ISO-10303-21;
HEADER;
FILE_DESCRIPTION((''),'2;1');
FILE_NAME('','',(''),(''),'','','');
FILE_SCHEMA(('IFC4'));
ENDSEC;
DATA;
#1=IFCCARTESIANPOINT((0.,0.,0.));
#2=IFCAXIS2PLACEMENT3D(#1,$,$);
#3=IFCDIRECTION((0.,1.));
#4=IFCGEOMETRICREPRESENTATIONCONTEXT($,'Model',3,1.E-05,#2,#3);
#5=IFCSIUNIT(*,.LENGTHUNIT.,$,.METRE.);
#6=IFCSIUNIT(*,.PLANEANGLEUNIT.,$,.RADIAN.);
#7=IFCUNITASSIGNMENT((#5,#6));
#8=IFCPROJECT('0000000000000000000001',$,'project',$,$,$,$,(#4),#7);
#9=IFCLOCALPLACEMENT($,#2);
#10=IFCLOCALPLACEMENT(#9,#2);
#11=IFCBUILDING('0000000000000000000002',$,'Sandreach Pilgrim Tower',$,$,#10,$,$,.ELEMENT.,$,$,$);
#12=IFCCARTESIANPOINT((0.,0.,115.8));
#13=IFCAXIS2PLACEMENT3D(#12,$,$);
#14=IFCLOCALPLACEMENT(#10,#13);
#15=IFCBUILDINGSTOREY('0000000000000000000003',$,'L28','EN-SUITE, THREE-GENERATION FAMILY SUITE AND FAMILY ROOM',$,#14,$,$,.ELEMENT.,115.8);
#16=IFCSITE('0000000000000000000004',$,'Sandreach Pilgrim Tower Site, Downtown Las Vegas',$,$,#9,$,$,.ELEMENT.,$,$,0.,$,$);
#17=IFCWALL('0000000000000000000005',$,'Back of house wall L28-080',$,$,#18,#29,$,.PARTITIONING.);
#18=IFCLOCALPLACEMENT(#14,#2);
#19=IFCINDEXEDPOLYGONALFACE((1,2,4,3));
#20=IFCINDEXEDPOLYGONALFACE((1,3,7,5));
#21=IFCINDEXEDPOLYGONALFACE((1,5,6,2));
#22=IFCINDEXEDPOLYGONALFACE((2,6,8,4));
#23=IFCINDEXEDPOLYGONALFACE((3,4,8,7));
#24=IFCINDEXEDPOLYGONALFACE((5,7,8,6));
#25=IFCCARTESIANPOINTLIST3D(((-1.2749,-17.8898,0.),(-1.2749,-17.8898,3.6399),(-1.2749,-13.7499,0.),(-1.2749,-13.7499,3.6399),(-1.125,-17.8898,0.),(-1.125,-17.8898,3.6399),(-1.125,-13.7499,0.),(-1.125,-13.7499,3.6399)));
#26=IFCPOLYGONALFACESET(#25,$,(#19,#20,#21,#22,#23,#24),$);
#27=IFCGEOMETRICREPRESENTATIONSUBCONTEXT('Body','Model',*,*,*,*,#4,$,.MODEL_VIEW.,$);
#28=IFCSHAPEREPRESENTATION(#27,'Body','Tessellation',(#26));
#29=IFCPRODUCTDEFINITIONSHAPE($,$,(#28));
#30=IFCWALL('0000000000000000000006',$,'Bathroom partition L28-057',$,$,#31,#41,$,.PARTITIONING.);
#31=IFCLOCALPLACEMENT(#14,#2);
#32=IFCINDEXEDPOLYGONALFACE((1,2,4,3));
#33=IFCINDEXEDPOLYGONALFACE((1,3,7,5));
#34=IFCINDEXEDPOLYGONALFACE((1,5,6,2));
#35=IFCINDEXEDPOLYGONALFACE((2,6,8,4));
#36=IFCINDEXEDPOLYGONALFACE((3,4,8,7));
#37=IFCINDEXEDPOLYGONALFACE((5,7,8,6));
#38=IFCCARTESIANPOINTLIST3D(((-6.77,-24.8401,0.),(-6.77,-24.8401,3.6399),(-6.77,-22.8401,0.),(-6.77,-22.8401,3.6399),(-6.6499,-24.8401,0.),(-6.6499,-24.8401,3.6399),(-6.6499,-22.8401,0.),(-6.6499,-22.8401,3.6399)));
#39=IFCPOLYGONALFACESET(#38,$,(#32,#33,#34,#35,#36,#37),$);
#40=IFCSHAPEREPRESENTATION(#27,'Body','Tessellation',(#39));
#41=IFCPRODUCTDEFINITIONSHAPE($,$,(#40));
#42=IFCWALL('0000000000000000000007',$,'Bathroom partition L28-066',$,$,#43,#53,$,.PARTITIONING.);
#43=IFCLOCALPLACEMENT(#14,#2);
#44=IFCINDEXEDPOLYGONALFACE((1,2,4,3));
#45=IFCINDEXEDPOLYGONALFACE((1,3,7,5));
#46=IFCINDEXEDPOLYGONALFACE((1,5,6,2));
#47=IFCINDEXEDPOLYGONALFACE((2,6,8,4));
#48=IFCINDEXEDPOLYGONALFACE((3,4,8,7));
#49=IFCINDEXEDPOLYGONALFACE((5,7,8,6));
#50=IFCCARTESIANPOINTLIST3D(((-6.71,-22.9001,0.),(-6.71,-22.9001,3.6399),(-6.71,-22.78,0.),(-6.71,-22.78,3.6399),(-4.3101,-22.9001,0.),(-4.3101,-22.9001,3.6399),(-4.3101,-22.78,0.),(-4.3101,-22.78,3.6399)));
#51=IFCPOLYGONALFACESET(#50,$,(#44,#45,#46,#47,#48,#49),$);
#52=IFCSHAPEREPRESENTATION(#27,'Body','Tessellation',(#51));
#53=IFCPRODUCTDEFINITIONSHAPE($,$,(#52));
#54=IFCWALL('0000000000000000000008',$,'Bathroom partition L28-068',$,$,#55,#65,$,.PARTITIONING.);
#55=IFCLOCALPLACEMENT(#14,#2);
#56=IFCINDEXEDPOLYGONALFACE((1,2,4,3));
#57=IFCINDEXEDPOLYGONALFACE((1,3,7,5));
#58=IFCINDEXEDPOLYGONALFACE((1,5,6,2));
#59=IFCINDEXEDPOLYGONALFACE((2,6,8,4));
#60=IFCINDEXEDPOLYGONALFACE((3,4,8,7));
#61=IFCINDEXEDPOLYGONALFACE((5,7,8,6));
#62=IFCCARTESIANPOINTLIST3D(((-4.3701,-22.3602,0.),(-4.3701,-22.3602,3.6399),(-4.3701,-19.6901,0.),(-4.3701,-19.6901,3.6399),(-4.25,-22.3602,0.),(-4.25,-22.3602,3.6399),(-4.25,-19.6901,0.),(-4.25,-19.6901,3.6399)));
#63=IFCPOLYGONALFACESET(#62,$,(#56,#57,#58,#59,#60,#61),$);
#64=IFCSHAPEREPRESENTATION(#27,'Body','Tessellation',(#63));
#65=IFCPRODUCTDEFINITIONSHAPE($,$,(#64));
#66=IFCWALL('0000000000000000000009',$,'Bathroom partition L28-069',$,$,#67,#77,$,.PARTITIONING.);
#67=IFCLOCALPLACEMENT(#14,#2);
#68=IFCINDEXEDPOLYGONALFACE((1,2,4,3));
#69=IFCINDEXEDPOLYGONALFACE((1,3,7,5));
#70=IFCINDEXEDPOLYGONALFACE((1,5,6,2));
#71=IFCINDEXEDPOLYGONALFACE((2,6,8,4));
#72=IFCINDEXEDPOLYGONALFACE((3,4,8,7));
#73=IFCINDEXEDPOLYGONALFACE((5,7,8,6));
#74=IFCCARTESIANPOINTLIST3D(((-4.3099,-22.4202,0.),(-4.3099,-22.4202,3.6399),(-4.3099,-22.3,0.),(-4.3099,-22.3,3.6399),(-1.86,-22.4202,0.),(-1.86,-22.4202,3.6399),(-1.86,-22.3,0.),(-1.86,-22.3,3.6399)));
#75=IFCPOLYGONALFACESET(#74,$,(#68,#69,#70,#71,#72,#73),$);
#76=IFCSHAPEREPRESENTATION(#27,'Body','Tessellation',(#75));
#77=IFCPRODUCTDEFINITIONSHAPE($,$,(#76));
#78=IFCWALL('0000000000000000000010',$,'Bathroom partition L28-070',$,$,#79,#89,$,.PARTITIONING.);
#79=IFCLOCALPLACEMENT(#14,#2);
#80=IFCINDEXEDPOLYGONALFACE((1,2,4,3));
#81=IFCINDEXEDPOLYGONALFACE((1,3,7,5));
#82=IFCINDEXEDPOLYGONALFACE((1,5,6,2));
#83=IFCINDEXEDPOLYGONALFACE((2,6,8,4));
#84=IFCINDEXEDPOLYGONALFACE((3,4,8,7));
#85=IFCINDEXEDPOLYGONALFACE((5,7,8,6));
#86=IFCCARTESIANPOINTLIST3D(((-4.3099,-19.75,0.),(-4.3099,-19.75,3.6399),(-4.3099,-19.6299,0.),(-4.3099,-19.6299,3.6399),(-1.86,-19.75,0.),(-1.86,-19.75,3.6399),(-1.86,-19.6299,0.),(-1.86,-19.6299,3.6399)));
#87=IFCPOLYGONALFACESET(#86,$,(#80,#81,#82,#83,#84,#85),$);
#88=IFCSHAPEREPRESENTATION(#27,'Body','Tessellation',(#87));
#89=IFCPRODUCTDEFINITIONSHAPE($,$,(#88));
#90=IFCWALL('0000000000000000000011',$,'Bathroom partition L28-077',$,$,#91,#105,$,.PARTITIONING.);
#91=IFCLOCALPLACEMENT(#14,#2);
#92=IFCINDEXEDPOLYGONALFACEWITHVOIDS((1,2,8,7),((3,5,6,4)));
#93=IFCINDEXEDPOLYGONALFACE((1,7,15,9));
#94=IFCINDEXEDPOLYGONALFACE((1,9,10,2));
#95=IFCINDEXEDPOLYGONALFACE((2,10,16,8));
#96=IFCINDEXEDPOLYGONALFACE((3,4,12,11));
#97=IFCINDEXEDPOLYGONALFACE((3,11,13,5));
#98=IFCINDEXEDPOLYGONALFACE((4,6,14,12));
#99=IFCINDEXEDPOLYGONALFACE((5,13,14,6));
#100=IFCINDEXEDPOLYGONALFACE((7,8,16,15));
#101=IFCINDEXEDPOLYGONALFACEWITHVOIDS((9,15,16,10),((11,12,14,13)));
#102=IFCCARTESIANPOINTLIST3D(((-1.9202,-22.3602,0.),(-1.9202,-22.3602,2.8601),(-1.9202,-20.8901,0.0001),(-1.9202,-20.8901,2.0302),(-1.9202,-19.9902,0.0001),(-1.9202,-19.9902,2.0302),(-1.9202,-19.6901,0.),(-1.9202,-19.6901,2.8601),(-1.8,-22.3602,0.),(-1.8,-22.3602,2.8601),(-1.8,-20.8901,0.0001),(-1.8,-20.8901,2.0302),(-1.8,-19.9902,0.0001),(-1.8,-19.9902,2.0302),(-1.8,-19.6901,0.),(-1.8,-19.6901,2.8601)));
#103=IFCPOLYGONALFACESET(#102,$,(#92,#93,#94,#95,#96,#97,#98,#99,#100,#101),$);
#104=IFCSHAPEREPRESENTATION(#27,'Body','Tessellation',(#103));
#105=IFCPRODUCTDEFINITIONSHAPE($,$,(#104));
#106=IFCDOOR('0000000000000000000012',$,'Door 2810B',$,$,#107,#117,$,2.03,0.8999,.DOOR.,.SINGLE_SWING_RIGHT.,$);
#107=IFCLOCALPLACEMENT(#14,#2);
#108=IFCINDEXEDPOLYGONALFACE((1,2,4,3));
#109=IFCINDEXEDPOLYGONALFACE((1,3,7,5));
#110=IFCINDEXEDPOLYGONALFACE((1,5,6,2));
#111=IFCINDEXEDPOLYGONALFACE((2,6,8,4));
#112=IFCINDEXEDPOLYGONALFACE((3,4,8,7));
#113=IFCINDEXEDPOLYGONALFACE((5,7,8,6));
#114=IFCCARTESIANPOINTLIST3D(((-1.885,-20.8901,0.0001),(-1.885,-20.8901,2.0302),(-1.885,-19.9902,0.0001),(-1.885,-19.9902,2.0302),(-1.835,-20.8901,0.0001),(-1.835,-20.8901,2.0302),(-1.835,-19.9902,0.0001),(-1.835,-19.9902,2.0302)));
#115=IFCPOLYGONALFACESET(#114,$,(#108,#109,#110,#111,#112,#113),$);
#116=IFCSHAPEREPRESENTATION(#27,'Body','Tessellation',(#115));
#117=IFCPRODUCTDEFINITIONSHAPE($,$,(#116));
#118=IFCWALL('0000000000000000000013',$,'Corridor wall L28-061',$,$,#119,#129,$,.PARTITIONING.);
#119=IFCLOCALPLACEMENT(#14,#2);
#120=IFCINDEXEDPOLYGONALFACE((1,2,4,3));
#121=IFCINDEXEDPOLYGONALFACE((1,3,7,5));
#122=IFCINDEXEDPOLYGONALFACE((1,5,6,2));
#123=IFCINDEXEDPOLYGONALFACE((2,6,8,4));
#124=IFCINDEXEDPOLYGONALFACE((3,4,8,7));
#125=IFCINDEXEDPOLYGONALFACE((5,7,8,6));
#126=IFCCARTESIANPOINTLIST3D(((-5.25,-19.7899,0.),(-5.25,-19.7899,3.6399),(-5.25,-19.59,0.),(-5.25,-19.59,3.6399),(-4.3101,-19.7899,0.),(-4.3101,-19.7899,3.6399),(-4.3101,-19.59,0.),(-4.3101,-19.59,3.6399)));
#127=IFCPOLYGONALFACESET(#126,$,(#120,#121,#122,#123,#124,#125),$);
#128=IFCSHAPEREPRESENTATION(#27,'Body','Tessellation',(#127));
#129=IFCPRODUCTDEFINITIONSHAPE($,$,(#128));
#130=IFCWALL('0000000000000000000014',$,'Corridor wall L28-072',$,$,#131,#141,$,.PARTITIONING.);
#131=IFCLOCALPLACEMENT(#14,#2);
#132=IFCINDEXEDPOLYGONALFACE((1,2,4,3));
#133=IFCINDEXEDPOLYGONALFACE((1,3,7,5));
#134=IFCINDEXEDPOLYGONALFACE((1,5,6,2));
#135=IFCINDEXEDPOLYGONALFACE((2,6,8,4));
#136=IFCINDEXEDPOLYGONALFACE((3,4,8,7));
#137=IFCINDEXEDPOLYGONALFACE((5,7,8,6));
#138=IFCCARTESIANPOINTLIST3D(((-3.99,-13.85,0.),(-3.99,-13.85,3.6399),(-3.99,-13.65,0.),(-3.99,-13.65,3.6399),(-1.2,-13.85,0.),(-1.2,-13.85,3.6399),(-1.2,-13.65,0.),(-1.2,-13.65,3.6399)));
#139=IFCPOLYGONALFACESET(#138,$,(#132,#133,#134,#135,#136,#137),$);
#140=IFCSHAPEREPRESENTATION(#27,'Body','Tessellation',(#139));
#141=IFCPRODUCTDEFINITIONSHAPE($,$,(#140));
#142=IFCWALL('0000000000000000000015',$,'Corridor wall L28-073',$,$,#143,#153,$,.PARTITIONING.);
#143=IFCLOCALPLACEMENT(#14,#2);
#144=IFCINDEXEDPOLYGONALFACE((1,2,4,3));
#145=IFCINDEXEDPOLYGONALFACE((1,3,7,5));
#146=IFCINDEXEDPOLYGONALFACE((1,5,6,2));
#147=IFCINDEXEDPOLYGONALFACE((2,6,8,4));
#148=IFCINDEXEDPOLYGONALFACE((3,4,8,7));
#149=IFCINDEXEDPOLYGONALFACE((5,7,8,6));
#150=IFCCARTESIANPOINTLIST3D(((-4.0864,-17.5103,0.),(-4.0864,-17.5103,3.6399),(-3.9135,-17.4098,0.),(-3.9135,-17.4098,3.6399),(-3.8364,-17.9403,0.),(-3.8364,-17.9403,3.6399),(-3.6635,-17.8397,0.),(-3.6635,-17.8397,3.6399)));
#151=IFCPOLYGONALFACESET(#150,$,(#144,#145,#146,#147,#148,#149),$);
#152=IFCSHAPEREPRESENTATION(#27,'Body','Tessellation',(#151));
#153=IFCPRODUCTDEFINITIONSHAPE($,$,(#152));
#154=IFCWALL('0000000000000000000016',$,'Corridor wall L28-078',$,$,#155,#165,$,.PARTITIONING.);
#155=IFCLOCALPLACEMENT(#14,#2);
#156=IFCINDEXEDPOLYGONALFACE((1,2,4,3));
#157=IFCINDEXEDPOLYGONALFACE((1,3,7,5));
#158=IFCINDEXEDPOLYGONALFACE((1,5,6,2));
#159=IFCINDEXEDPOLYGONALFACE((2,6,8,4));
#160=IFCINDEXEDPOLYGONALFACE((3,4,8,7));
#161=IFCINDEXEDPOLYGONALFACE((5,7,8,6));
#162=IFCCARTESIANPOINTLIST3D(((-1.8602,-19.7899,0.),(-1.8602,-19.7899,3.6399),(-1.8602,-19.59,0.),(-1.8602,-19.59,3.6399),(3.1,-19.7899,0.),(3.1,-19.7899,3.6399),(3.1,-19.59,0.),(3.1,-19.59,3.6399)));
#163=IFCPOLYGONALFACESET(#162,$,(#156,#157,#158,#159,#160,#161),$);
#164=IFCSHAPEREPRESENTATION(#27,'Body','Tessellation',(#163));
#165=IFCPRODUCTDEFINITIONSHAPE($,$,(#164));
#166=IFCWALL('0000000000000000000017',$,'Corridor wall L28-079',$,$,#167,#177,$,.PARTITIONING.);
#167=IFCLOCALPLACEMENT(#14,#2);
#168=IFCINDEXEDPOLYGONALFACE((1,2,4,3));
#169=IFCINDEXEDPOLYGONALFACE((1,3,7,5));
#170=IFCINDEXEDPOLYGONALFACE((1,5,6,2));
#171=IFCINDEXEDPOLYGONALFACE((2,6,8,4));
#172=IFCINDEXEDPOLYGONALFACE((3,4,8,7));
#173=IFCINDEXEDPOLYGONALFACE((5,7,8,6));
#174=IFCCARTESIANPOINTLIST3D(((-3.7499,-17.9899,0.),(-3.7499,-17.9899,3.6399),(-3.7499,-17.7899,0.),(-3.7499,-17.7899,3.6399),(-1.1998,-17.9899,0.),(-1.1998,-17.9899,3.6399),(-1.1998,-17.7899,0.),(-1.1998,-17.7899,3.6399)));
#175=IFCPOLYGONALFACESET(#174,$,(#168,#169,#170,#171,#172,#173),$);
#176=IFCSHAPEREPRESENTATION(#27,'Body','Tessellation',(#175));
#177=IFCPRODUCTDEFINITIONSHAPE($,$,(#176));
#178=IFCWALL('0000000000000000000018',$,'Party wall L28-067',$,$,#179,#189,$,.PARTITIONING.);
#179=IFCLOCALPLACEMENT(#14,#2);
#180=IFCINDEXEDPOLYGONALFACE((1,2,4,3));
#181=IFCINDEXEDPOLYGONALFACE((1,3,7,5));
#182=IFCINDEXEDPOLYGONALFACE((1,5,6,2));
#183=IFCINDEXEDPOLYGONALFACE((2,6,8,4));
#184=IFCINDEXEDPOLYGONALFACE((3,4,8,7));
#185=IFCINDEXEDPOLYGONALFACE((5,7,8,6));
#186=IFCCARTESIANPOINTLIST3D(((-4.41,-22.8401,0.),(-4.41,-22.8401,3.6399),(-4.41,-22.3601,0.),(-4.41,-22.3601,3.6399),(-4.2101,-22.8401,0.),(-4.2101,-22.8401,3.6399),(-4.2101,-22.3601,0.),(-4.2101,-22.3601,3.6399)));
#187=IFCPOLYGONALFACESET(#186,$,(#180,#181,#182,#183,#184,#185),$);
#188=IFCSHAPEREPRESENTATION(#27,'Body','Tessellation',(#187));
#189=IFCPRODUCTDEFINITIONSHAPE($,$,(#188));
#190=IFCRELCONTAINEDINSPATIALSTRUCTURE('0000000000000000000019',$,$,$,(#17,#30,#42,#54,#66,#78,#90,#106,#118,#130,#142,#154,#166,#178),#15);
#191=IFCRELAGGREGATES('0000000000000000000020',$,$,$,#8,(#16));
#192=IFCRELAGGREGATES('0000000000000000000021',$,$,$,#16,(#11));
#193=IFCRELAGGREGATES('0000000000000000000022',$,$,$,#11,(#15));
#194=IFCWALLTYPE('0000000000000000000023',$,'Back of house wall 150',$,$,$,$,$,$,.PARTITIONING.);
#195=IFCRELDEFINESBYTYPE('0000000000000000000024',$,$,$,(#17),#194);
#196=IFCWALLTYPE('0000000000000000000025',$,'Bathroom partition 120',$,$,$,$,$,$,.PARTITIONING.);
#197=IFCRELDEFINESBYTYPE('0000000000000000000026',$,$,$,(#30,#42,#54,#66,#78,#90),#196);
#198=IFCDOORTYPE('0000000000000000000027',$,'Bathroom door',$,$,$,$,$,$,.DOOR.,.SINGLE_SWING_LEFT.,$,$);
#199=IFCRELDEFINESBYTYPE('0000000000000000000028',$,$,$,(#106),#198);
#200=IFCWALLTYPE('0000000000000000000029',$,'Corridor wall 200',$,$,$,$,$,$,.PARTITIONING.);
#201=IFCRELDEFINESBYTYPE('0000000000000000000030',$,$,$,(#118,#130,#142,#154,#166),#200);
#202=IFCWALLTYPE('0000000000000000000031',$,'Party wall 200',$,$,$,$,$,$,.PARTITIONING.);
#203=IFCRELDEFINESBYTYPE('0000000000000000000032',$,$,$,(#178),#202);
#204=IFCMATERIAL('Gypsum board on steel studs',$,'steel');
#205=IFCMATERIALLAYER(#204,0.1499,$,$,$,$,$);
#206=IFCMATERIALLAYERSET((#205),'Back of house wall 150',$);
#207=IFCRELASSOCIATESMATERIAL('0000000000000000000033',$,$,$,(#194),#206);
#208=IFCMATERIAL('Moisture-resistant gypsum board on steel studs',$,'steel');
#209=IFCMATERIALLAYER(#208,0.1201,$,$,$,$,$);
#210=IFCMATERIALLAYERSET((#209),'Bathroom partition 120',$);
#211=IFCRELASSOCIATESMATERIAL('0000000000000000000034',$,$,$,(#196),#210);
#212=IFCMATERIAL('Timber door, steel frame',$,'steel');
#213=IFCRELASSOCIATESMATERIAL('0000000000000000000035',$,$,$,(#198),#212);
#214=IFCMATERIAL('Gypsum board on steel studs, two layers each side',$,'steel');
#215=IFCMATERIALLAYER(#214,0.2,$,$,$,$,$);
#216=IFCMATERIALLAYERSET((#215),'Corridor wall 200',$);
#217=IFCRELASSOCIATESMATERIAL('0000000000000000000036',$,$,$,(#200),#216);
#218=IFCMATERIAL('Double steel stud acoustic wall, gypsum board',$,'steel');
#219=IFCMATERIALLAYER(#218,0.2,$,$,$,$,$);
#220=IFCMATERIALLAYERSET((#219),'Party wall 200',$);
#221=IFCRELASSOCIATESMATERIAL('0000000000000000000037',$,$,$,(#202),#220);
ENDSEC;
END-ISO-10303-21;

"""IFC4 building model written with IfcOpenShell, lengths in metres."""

from ifc_helpers import new_model, si_unit, direction, frame, frame_2d, origin, place, context, subcontext, project, spatial, rectangle, extrude, material, layer, layer_set, type_object, element, fill, save


model = new_model("IFC4")

# Units and contexts
model_context = context("Model", 3, precision=1e-05, world=origin(), true_north=direction((0.0, 1.0)))
body_context = subcontext(model_context, "Body", "Model", "MODEL_VIEW")
ifc_project = project(units=[si_unit("LENGTHUNIT", "METRE"), si_unit("PLANEANGLEUNIT", "RADIAN")], contexts=[model_context])

# Site, building, storey
site_placement = place(None, origin())
site = spatial("IfcSite", under=ifc_project, at=site_placement, Name="Sandreach Pilgrim Tower Site, Downtown Las Vegas", CompositionType="ELEMENT", RefElevation=0.0)
building_placement = place(site_placement, origin())
building = spatial("IfcBuilding", under=site, at=building_placement, Name="Sandreach Pilgrim Tower", CompositionType="ELEMENT")
storey_placement = place(building_placement, frame((0.0, 0.0, 115.8)))
storey = spatial("IfcBuildingStorey", under=building, at=storey_placement, Name="L28", Description="EN-SUITE, THREE-GENERATION FAMILY SUITE AND FAMILY ROOM", CompositionType="ELEMENT", Elevation=115.8)

# Walls
ifc_material_1 = material(Name="Gypsum board on steel studs", Category="steel")
ifc_layer_1 = layer(ifc_material_1, 0.1499)
ifc_layer_set_1 = layer_set([ifc_layer_1], Name="Back of house wall 150")
wall_type_1 = type_object("IfcWallType", Name="Back of house wall 150", PredefinedType="PARTITIONING", material=ifc_layer_set_1)
wall_1_placement = place(storey_placement, frame((-1.2, -13.75, 0.0), z_axis=(0.0, 0.0, 1.0), x_axis=(0.0, -1.0, 0.0)))
element("IfcWall", 1, at=wall_1_placement, inside=storey, type_object=wall_type_1, Name="Back of house wall L28-080", PredefinedType="PARTITIONING", context=body_context, shape_type="SweptSolid", body=[
    extrude(rectangle(XDim=4.1399, YDim=0.1499, at=frame_2d((2.0698, 0.0))), origin(), (0.0, 0.0, 1.0), 3.6399),
])
ifc_material_2 = material(Name="Moisture-resistant gypsum board on steel studs", Category="steel")
ifc_layer_2 = layer(ifc_material_2, 0.1201)
ifc_layer_set_2 = layer_set([ifc_layer_2], Name="Bathroom partition 120")
wall_type_2 = type_object("IfcWallType", Name="Bathroom partition 120", PredefinedType="PARTITIONING", material=ifc_layer_set_2)
wall_2_placement = place(storey_placement, frame((-6.71, -22.8401, 0.0), z_axis=(0.0, 0.0, 1.0), x_axis=(0.0, -1.0, 0.0)))
element("IfcWall", 2, at=wall_2_placement, inside=storey, type_object=wall_type_2, Name="Bathroom partition L28-057", PredefinedType="PARTITIONING", context=body_context, shape_type="SweptSolid", body=[
    extrude(rectangle(XDim=2.0, YDim=0.1201, at=frame_2d((1.0, 0.0))), origin(), (0.0, 0.0, 1.0), 3.6399),
])
wall_3_placement = place(storey_placement, frame((-4.3101, -22.8401, 0.0), z_axis=(0.0, 0.0, 1.0), x_axis=(-1.0, 0.0, 0.0)))
element("IfcWall", 3, at=wall_3_placement, inside=storey, type_object=wall_type_2, Name="Bathroom partition L28-066", PredefinedType="PARTITIONING", context=body_context, shape_type="SweptSolid", body=[
    extrude(rectangle(XDim=2.3999, YDim=0.1201, at=frame_2d((1.2, 0.0))), origin(), (0.0, 0.0, 1.0), 3.6399),
])
wall_4_placement = place(storey_placement, frame((-4.3101, -22.3601, 0.0), z_axis=(0.0, 0.0, 1.0), x_axis=(0.0, 1.0, 0.0)))
element("IfcWall", 4, at=wall_4_placement, inside=storey, type_object=wall_type_2, Name="Bathroom partition L28-068", PredefinedType="PARTITIONING", context=body_context, shape_type="SweptSolid", body=[
    extrude(rectangle(XDim=2.6702, YDim=0.1201, at=frame_2d((1.335, 0.0))), origin(), (0.0, 0.0, 1.0), 3.6399),
])
for number, where, z_axis, x_axis, name in (
    (5, (-4.3101, -22.3601, 0.0), (0.0, 0.0, 1.0), (1.0, 0.0, 0.0), "Bathroom partition L28-069"),
    (6, (-4.3101, -19.6899, 0.0), (0.0, 0.0, 1.0), (1.0, 0.0, 0.0), "Bathroom partition L28-070"),
):
    element("IfcWall", number, at=place(storey_placement, frame(where, z_axis=z_axis, x_axis=x_axis)), inside=storey, type_object=wall_type_2, Name=name, PredefinedType="PARTITIONING", context=body_context, shape_type="SweptSolid", body=[
        extrude(rectangle(XDim=2.45, YDim=0.1201, at=frame_2d((1.2251, 0.0))), origin(), (0.0, 0.0, 1.0), 3.6399),
    ])

# Wall, opening, door
wall_5_placement = place(storey_placement, frame((-1.8601, -22.3601, 0.0), z_axis=(0.0, 0.0, 1.0), x_axis=(0.0, 1.0, 0.0)))
wall_5 = element("IfcWall", 7, at=wall_5_placement, inside=storey, type_object=wall_type_2, Name="Bathroom partition L28-077", PredefinedType="PARTITIONING", context=body_context, shape_type="SweptSolid", body=[
    extrude(rectangle(XDim=2.6702, YDim=0.1201, at=frame_2d((1.335, 0.0))), origin(), (0.0, 0.0, 1.0), 2.8601),
])
opening_1_placement = place(wall_5_placement, frame((1.47, 0.0, 0.0)))
opening_1 = element("IfcOpeningElement", 8, at=opening_1_placement, cuts=wall_5, PredefinedType="OPENING", context=body_context, shape_type="SweptSolid", body=[
    extrude(rectangle(XDim=0.8999, YDim=2.03, at=frame_2d((0.45, 1.0151))), frame((0.0, 0.0601, 0.0), z_axis=(0.0, -1.0, 0.0), x_axis=(1.0, 0.0, 0.0)), (0.0, 0.0, 1.0), 0.1201),
])
ifc_material_3 = material(Name="Timber door, steel frame", Category="steel")
door_type_1 = type_object("IfcDoorType", Name="Bathroom door", OperationType="SINGLE_SWING_LEFT", PredefinedType="DOOR", material=ifc_material_3)
door_1_placement = place(opening_1_placement, origin())
door_1 = element("IfcDoor", 9, at=door_1_placement, inside=storey, type_object=door_type_1, Name="Door 2810B", OperationType="SINGLE_SWING_RIGHT", OverallHeight=2.03, OverallWidth=0.8999, PredefinedType="DOOR", context=body_context, shape_type="SweptSolid", body=[
    extrude(rectangle(XDim=0.8999, YDim=2.03, at=frame_2d((0.45, 1.0151))), frame((0.0, 0.0249, 0.0), z_axis=(0.0, -1.0, 0.0), x_axis=(1.0, 0.0, 0.0)), (0.0, 0.0, 1.0), 0.05),
])
fill(opening_1, door_1)
ifc_material_4 = material(Name="Gypsum board on steel studs, two layers each side", Category="steel")
ifc_layer_3 = layer(ifc_material_4, 0.2)
ifc_layer_set_3 = layer_set([ifc_layer_3], Name="Corridor wall 200")
wall_type_3 = type_object("IfcWallType", Name="Corridor wall 200", PredefinedType="PARTITIONING", material=ifc_layer_set_3)

# Wall
wall_6_placement = place(storey_placement, frame((-5.25, -19.6899, 0.0), z_axis=(0.0, 0.0, 1.0), x_axis=(1.0, 0.0, 0.0)))
element("IfcWall", 10, at=wall_6_placement, inside=storey, type_object=wall_type_3, Name="Corridor wall L28-061", PredefinedType="PARTITIONING", context=body_context, shape_type="SweptSolid", body=[
    extrude(rectangle(XDim=0.9399, YDim=0.2, at=frame_2d((0.47, 0.0))), origin(), (0.0, 0.0, 1.0), 3.6399),
])

# Walls
wall_7_placement = place(storey_placement, frame((-3.99, -13.75, 0.0), z_axis=(0.0, 0.0, 1.0), x_axis=(1.0, 0.0, 0.0)))
element("IfcWall", 11, at=wall_7_placement, inside=storey, type_object=wall_type_3, Name="Corridor wall L28-072", PredefinedType="PARTITIONING", context=body_context, shape_type="SweptSolid", body=[
    extrude(rectangle(XDim=2.79, YDim=0.2, at=frame_2d((1.395, 0.0))), origin(), (0.0, 0.0, 1.0), 3.6399),
])
wall_8_placement = place(storey_placement, frame((-3.75, -17.8899, 0.0), z_axis=(0.0, 0.0, 1.0), x_axis=(-0.50268, 0.864472, 0.0)))
element("IfcWall", 12, at=wall_8_placement, inside=storey, type_object=wall_type_3, Name="Corridor wall L28-073", PredefinedType="PARTITIONING", context=body_context, shape_type="SweptSolid", body=[
    extrude(rectangle(XDim=0.4973, YDim=0.2, at=frame_2d((0.2485, 0.0))), origin(), (0.0, 0.0, 1.0), 3.6399),
])
wall_9_placement = place(storey_placement, frame((-1.8601, -19.6899, 0.0), z_axis=(0.0, 0.0, 1.0), x_axis=(1.0, 0.0, 0.0)))
element("IfcWall", 13, at=wall_9_placement, inside=storey, type_object=wall_type_3, Name="Corridor wall L28-078", PredefinedType="PARTITIONING", context=body_context, shape_type="SweptSolid", body=[
    extrude(rectangle(XDim=4.9602, YDim=0.2, at=frame_2d((2.48, 0.0))), origin(), (0.0, 0.0, 1.0), 3.6399),
])
wall_10_placement = place(storey_placement, frame((-1.2, -17.8899, 0.0), z_axis=(0.0, 0.0, 1.0), x_axis=(-1.0, 0.0, 0.0)))
element("IfcWall", 14, at=wall_10_placement, inside=storey, type_object=wall_type_3, Name="Corridor wall L28-079", PredefinedType="PARTITIONING", context=body_context, shape_type="SweptSolid", body=[
    extrude(rectangle(XDim=2.55, YDim=0.2, at=frame_2d((1.2749, 0.0))), origin(), (0.0, 0.0, 1.0), 3.6399),
])
ifc_material_5 = material(Name="Double steel stud acoustic wall, gypsum board", Category="steel")
ifc_layer_4 = layer(ifc_material_5, 0.2)
ifc_layer_set_4 = layer_set([ifc_layer_4], Name="Party wall 200")
wall_type_4 = type_object("IfcWallType", Name="Party wall 200", PredefinedType="PARTITIONING", material=ifc_layer_set_4)
wall_11_placement = place(storey_placement, frame((-4.3101, -22.8401, 0.0), z_axis=(0.0, 0.0, 1.0), x_axis=(0.0, 1.0, 0.0)))
element("IfcWall", 15, at=wall_11_placement, inside=storey, type_object=wall_type_4, Name="Party wall L28-067", PredefinedType="PARTITIONING", context=body_context, shape_type="SweptSolid", body=[
    extrude(rectangle(XDim=0.48, YDim=0.2, at=frame_2d((0.24, 0.0))), origin(), (0.0, 0.0, 1.0), 3.6399),
])

save(model, "model.ifc")
